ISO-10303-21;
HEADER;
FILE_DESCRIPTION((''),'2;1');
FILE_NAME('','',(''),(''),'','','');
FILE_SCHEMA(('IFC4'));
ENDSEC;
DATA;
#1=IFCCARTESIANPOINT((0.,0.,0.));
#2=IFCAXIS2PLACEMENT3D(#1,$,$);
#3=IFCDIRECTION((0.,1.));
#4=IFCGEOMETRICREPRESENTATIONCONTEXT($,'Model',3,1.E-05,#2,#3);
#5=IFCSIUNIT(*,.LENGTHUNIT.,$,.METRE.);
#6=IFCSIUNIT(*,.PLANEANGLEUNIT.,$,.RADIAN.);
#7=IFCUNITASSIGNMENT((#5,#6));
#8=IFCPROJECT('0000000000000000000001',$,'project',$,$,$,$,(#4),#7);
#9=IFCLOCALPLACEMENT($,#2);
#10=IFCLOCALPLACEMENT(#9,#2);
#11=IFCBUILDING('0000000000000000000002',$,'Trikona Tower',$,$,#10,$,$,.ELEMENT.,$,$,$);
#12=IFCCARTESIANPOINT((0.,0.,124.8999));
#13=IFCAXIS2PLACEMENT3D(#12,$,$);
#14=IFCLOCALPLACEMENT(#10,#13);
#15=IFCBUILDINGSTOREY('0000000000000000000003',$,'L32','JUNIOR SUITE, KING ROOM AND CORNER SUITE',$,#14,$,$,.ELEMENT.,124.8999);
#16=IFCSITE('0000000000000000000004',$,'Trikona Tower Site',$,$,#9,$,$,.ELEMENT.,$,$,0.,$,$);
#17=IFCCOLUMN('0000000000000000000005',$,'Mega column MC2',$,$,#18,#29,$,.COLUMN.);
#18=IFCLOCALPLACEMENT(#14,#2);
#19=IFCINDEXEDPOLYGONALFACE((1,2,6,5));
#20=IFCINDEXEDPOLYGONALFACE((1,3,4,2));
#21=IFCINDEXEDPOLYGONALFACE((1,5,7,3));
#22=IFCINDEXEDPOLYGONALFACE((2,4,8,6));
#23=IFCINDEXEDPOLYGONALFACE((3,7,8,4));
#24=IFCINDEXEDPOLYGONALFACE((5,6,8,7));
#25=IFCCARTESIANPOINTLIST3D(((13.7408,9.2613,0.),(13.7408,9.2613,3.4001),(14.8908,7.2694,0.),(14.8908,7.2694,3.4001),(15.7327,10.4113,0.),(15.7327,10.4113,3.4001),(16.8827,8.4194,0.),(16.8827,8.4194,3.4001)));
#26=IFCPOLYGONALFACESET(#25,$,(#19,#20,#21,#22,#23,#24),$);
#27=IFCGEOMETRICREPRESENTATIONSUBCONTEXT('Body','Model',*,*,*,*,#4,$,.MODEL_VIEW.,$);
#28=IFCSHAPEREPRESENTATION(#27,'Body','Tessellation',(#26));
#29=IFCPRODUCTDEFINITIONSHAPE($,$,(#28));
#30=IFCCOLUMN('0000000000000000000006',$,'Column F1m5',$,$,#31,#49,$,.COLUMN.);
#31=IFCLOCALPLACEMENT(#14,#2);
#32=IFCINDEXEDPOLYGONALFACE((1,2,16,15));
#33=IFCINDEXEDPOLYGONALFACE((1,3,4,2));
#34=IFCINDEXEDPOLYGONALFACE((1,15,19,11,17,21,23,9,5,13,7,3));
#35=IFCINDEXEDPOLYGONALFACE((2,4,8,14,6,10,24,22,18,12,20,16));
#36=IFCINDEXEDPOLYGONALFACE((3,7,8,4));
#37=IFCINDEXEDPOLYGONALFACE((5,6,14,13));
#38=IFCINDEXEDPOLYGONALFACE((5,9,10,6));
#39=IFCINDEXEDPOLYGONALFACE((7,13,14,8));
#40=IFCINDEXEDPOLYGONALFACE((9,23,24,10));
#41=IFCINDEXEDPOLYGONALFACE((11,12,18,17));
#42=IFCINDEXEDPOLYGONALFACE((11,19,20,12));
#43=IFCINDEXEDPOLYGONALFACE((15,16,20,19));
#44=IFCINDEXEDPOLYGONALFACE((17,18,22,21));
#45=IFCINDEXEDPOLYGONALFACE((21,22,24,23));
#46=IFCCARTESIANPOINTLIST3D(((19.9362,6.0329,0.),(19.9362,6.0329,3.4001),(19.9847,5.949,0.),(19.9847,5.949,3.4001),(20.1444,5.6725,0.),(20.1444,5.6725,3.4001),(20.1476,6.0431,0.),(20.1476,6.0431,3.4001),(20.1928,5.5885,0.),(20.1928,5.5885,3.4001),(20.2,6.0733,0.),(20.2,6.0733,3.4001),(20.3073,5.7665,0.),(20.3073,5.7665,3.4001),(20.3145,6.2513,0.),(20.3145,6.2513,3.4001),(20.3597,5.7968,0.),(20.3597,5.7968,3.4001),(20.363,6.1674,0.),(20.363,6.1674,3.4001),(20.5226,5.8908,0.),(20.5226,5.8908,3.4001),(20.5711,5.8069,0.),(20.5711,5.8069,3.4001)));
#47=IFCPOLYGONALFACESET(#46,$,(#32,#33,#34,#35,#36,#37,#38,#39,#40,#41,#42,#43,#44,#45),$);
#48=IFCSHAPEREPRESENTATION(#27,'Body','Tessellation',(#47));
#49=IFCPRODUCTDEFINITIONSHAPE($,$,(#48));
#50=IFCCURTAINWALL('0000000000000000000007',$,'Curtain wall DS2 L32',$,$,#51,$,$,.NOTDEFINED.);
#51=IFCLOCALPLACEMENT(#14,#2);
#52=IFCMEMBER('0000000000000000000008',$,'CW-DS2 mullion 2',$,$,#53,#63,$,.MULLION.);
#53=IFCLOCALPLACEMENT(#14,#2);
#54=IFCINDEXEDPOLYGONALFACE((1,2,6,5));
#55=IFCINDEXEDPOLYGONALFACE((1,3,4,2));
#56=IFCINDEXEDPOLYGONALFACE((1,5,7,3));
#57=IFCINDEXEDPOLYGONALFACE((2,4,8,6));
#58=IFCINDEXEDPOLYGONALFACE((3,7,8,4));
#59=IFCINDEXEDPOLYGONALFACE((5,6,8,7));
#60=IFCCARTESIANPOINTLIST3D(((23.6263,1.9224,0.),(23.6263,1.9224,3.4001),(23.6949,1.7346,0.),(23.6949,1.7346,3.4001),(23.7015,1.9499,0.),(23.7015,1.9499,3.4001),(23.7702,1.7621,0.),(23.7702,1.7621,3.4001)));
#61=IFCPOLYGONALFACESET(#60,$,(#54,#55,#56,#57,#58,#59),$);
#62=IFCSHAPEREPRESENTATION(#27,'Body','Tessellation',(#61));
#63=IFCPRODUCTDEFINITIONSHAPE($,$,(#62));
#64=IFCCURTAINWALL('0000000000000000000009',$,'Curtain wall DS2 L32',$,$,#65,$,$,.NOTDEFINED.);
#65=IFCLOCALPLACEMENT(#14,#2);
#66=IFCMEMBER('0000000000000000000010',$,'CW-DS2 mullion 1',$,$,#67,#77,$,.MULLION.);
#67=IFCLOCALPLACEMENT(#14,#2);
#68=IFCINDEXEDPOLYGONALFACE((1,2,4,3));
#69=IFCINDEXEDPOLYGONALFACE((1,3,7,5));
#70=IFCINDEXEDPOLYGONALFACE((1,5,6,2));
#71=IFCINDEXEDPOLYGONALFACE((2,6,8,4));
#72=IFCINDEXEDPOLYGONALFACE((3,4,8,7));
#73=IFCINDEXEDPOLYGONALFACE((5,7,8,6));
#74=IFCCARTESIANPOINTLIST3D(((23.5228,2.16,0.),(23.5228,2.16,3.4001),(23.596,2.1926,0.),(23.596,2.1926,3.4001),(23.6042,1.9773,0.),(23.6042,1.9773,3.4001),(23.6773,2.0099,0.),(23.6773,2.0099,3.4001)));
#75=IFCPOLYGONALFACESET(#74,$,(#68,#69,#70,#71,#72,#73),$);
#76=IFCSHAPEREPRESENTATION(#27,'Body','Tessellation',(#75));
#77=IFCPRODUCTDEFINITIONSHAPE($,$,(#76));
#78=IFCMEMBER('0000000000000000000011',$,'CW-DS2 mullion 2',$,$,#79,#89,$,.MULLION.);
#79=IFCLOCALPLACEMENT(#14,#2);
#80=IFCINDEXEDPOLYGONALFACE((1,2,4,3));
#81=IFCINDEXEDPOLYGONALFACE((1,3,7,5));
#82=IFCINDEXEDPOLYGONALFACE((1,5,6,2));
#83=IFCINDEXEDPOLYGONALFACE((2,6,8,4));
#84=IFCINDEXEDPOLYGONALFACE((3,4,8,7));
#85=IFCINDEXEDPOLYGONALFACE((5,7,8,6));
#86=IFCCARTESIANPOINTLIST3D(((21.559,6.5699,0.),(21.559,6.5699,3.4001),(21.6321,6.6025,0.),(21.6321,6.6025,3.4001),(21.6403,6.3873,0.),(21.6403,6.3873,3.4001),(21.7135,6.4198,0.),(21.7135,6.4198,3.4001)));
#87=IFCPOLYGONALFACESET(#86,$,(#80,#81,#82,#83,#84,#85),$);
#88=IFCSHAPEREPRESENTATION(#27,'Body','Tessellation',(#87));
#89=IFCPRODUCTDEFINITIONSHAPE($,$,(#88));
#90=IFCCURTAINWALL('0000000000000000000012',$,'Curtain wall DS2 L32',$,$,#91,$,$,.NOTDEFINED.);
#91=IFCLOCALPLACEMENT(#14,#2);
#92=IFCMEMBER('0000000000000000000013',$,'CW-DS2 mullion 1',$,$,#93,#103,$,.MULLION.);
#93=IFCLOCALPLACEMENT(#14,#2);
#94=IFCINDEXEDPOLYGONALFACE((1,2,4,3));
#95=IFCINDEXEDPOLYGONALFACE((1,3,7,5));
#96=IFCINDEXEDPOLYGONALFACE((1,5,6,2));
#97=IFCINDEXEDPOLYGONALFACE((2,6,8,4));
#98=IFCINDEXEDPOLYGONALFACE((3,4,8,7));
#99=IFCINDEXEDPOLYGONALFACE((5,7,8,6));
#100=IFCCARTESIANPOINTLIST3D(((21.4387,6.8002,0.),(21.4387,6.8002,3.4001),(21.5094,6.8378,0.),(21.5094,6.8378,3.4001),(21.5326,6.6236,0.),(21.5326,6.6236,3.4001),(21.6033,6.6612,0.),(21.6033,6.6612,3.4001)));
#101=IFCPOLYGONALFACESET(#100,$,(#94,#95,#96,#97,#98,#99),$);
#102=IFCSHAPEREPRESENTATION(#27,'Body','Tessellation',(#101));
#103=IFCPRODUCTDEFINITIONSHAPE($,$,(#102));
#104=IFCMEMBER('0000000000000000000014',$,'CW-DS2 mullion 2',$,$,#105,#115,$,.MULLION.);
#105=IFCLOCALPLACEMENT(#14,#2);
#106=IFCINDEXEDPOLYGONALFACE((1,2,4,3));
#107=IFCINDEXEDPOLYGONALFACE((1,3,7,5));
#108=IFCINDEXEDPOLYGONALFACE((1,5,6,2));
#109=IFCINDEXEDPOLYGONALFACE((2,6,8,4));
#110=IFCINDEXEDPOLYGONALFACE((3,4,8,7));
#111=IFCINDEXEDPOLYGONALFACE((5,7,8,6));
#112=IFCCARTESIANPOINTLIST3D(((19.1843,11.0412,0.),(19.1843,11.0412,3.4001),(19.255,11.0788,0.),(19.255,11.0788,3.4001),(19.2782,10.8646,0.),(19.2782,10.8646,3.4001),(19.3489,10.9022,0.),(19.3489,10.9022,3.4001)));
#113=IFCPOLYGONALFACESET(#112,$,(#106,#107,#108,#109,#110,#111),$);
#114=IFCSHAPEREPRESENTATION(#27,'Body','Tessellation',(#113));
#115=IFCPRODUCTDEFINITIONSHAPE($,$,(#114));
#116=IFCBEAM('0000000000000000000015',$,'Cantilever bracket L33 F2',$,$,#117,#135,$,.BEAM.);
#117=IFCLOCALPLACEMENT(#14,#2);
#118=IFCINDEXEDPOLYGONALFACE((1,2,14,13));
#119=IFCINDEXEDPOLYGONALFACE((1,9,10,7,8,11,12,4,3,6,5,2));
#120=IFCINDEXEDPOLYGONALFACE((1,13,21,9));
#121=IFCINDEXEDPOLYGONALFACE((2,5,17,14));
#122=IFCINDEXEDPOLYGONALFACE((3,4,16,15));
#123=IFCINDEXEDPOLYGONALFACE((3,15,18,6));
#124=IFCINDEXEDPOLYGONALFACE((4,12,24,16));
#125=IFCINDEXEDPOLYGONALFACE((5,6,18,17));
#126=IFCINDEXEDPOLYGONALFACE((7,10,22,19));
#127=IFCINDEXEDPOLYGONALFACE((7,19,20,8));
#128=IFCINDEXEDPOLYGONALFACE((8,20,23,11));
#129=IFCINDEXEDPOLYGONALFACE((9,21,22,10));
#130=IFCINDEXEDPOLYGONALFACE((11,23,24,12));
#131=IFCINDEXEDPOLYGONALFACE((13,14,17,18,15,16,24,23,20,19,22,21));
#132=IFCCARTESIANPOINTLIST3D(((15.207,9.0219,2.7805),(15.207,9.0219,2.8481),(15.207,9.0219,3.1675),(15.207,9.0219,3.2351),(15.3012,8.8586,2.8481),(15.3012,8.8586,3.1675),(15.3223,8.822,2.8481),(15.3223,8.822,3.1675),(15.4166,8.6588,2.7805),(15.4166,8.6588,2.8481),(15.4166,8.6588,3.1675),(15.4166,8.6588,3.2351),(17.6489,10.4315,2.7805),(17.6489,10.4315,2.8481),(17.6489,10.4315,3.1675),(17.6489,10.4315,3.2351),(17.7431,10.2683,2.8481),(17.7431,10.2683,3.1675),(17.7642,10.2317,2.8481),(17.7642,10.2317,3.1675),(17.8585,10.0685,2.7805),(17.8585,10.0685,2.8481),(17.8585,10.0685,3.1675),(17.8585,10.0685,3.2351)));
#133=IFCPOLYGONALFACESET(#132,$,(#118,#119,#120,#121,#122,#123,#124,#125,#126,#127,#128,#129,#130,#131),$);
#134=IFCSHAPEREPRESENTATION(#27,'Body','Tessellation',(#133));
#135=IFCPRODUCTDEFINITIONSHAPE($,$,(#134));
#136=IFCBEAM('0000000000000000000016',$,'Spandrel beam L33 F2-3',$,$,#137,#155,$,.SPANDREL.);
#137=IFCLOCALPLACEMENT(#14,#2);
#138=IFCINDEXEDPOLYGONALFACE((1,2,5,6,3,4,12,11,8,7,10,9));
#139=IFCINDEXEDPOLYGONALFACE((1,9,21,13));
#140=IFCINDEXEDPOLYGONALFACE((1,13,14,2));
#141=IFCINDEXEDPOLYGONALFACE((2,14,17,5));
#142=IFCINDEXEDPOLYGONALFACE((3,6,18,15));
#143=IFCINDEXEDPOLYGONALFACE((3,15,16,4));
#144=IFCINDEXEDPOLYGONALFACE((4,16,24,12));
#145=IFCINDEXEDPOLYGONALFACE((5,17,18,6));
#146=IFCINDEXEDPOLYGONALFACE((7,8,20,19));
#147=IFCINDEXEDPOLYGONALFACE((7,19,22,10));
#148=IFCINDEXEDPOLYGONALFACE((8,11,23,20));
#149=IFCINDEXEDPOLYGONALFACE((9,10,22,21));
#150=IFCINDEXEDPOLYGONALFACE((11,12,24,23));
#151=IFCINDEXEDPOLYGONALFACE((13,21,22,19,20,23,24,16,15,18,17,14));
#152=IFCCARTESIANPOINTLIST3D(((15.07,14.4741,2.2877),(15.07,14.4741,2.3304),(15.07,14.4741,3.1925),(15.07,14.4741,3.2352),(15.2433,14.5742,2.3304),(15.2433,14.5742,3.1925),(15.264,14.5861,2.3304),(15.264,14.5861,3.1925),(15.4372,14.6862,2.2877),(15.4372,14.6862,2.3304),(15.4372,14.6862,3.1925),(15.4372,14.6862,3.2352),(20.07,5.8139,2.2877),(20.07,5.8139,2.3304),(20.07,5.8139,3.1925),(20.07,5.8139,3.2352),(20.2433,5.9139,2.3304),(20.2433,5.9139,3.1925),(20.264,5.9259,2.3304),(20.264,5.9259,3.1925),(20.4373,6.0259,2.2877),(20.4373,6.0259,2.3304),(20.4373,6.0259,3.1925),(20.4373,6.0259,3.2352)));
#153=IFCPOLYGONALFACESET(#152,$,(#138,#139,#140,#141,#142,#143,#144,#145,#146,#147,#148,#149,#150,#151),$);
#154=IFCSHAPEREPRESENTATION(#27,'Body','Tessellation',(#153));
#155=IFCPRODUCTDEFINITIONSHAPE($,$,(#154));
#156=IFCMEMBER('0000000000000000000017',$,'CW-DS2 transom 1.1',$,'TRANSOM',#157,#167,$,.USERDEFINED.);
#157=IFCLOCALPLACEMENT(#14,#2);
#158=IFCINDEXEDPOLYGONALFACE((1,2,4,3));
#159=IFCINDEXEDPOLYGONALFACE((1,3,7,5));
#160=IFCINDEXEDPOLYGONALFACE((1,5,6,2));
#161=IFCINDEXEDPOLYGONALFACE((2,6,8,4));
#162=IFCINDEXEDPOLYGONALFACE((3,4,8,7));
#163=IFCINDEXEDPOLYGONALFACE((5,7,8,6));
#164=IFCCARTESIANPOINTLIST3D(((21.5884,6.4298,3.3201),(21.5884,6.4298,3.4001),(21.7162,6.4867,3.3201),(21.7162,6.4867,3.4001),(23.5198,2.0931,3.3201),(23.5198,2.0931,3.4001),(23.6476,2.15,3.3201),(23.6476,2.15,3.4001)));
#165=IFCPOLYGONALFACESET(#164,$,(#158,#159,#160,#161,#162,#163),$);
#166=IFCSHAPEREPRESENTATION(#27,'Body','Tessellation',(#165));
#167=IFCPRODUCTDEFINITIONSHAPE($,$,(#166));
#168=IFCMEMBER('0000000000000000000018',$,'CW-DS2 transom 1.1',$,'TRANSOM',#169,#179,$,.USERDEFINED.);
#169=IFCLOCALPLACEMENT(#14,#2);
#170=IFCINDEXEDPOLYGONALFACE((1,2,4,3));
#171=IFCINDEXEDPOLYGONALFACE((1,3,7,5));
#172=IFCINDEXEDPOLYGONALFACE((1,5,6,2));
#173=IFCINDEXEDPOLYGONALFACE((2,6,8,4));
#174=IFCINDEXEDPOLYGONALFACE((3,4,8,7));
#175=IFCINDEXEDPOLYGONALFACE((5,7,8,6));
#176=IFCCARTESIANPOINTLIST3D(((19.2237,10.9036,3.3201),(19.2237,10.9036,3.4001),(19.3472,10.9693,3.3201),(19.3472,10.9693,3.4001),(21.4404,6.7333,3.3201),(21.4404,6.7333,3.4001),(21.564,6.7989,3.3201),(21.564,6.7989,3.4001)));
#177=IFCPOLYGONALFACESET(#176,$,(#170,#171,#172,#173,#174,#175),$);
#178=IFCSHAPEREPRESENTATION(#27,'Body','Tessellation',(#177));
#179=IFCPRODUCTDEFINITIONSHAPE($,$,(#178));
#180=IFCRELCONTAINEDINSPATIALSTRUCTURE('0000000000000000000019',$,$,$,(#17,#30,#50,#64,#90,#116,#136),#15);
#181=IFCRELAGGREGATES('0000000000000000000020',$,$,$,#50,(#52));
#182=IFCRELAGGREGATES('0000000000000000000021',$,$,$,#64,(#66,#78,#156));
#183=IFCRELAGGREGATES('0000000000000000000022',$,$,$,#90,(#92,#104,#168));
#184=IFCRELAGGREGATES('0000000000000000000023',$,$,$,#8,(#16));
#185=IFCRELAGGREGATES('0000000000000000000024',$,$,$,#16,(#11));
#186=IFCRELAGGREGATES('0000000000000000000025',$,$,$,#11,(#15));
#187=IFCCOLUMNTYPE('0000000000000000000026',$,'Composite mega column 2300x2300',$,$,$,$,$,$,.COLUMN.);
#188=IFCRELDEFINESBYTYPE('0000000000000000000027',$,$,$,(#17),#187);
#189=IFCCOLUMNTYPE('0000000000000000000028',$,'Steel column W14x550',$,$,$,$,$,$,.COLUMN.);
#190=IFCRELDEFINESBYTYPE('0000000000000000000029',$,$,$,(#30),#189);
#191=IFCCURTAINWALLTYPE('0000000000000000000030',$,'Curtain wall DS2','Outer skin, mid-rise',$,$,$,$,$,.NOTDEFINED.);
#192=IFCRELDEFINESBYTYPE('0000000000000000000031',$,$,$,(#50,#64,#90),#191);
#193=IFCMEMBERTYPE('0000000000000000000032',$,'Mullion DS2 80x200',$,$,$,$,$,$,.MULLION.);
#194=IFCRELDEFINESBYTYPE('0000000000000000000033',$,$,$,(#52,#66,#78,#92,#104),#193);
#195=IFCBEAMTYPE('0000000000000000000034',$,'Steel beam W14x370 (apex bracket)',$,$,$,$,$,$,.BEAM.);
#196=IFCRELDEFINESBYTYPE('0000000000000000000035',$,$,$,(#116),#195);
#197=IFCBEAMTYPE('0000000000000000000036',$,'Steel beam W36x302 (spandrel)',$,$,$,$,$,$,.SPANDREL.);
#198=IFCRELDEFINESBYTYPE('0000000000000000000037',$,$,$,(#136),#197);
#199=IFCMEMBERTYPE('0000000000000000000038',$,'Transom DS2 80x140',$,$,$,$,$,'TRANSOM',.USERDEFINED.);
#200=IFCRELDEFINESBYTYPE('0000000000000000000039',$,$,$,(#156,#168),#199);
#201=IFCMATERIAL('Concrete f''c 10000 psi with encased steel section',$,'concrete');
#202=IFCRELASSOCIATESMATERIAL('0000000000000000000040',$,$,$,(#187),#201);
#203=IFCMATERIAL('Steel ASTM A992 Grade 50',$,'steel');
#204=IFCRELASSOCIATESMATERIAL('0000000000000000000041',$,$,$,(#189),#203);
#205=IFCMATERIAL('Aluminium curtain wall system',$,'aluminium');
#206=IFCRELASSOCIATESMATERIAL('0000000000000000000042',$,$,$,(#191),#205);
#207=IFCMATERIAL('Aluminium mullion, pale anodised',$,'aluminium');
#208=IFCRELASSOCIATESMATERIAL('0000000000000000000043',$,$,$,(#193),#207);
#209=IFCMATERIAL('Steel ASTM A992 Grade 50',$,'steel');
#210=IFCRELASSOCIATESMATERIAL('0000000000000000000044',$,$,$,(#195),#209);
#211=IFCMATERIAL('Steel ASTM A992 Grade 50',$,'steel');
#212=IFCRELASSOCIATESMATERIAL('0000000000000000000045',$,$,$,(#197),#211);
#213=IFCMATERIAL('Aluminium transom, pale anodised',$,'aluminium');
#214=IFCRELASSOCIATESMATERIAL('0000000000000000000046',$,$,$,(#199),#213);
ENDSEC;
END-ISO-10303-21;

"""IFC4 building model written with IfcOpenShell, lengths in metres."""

from ifc_helpers import new_model, si_unit, direction, frame, origin, origin_2d, place, context, subcontext, project, spatial, rectangle, i_section, extrude, material, material_profile, profile_set, type_object, element, aggregate, save


model = new_model("IFC4")

# Units and contexts
model_context = context("Model", 3, precision=1e-05, world=origin(), true_north=direction((0.0, 1.0)))
body_context = subcontext(model_context, "Body", "Model", "MODEL_VIEW")
ifc_project = project(units=[si_unit("LENGTHUNIT", "METRE"), si_unit("PLANEANGLEUNIT", "RADIAN")], contexts=[model_context])

# Site, building, storey
site_placement = place(None, origin())
site = spatial("IfcSite", under=ifc_project, at=site_placement, Name="Trikona Tower Site", CompositionType="ELEMENT", RefElevation=0.0)
building_placement = place(site_placement, origin())
building = spatial("IfcBuilding", under=site, at=building_placement, Name="Trikona Tower", CompositionType="ELEMENT")
storey_placement = place(building_placement, frame((0.0, 0.0, 124.8999)))
storey = spatial("IfcBuildingStorey", under=building, at=storey_placement, Name="L32", Description="JUNIOR SUITE, KING ROOM AND CORNER SUITE", CompositionType="ELEMENT", Elevation=124.8999)

# Columns
ifc_material_1 = material(Name="Concrete f'c 10000 psi with encased steel section", Category="concrete")
ifc_material_profile_1 = material_profile(ifc_material_1, rectangle(XDim=2.3, YDim=2.3, at=origin_2d()), Name="MC2300")
ifc_profile_set_1 = profile_set([ifc_material_profile_1], Name="Concrete f'c 10000 psi with encased steel section")
column_type_1 = type_object("IfcColumnType", Name="Composite mega column 2300x2300", PredefinedType="COLUMN", material=ifc_profile_set_1)
column_1_placement = place(storey_placement, frame((15.3118, 8.8403, 0.0), z_axis=(0.0, 0.0, 1.0), x_axis=(0.866025, 0.5, 0.0)))
element("IfcColumn", 1, at=column_1_placement, inside=storey, type_object=column_type_1, Name="Mega column MC2", PredefinedType="COLUMN", context=body_context, shape_type="SweptSolid", body=[
    extrude(rectangle(XDim=2.3, YDim=2.3, at=origin_2d()), origin(), (0.0, 0.0, 1.0), 3.4001),
])
ifc_material_2 = material(Name="Steel ASTM A992 Grade 50", Category="steel")
ifc_material_profile_2 = material_profile(ifc_material_2, i_section(OverallWidth=0.4368, OverallDepth=0.5132, WebThickness=0.0605, FlangeThickness=0.0969, at=origin_2d()), Name="W14X550")
ifc_profile_set_2 = profile_set([ifc_material_profile_2], Name="Steel ASTM A992 Grade 50")
column_type_2 = type_object("IfcColumnType", Name="Steel column W14x550", PredefinedType="COLUMN", material=ifc_profile_set_2)
column_2_placement = place(storey_placement, frame((20.2537, 5.9199, 0.0), z_axis=(0.0, 0.0, 1.0), x_axis=(0.866025, 0.5, 0.0)))
element("IfcColumn", 2, at=column_2_placement, inside=storey, type_object=column_type_2, Name="Column F1m5", PredefinedType="COLUMN", context=body_context, shape_type="SweptSolid", body=[
    extrude(i_section(OverallWidth=0.4368, OverallDepth=0.5132, WebThickness=0.0605, FlangeThickness=0.0969, at=origin_2d()), origin(), (0.0, 0.0, 1.0), 3.4001),
])

# Curtain wall, member
ifc_material_3 = material(Name="Aluminium curtain wall system", Category="aluminium")
curtain_wall_type = type_object("IfcCurtainWallType", Name="Curtain wall DS2", Description="Outer skin, mid-rise", PredefinedType="NOTDEFINED", material=ifc_material_3)
curtain_wall_1_placement = place(storey_placement, origin())
curtain_wall_1 = element("IfcCurtainWall", 3, at=curtain_wall_1_placement, inside=storey, type_object=curtain_wall_type, Name="Curtain wall DS2 L32", PredefinedType="NOTDEFINED")
ifc_material_4 = material(Name="Aluminium mullion, pale anodised", Category="aluminium")
ifc_material_profile_3 = material_profile(ifc_material_4, rectangle(XDim=0.0801, YDim=0.2, at=origin_2d()), Name="MUL-DS2")
ifc_profile_set_3 = profile_set([ifc_material_profile_3], Name="Aluminium mullion, pale anodised")
member_type_1 = type_object("IfcMemberType", Name="Mullion DS2 80x200", PredefinedType="MULLION", material=ifc_profile_set_3)
member_1_placement = place(storey_placement, frame((23.6982, 1.8423, 0.0), z_axis=(0.0, 0.0, 1.0), x_axis=(-0.939254, -0.343223, 0.0)))
member_1 = element("IfcMember", 4, at=member_1_placement, type_object=member_type_1, Name="CW-DS2 mullion 2", PredefinedType="MULLION", context=body_context, shape_type="SweptSolid", body=[
    extrude(rectangle(XDim=0.0801, YDim=0.2, at=origin_2d()), origin(), (0.0, 0.0, 1.0), 3.4001),
])
aggregate(curtain_wall_1, [member_1])

# Curtain walls, members
curtain_wall_2_placement = place(storey_placement, origin())
curtain_wall_2 = element("IfcCurtainWall", 5, at=curtain_wall_2_placement, inside=storey, type_object=curtain_wall_type, Name="Curtain wall DS2 L32", PredefinedType="NOTDEFINED")
member_2_placement = place(storey_placement, frame((23.6001, 2.085, 0.0), z_axis=(0.0, 0.0, 1.0), x_axis=(-0.913501, -0.406836, 0.0)))
member_2 = element("IfcMember", 6, at=member_2_placement, type_object=member_type_1, Name="CW-DS2 mullion 1", PredefinedType="MULLION", context=body_context, shape_type="SweptSolid", body=[
    extrude(rectangle(XDim=0.0801, YDim=0.2, at=origin_2d()), origin(), (0.0, 0.0, 1.0), 3.4001),
])
member_3_placement = place(storey_placement, frame((21.6362, 6.4949, 0.0), z_axis=(0.0, 0.0, 1.0), x_axis=(-0.913501, -0.406836, 0.0)))
member_3 = element("IfcMember", 7, at=member_3_placement, type_object=member_type_1, Name="CW-DS2 mullion 2", PredefinedType="MULLION", context=body_context, shape_type="SweptSolid", body=[
    extrude(rectangle(XDim=0.0801, YDim=0.2, at=origin_2d()), origin(), (0.0, 0.0, 1.0), 3.4001),
])
curtain_wall_3_placement = place(storey_placement, origin())
curtain_wall_3 = element("IfcCurtainWall", 8, at=curtain_wall_3_placement, inside=storey, type_object=curtain_wall_type, Name="Curtain wall DS2 L32", PredefinedType="NOTDEFINED")
member_4_placement = place(storey_placement, frame((21.521, 6.7307, 0.0), z_axis=(0.0, 0.0, 1.0), x_axis=(-0.882996, -0.46938, 0.0)))
member_4 = element("IfcMember", 9, at=member_4_placement, type_object=member_type_1, Name="CW-DS2 mullion 1", PredefinedType="MULLION", context=body_context, shape_type="SweptSolid", body=[
    extrude(rectangle(XDim=0.0801, YDim=0.2, at=origin_2d()), origin(), (0.0, 0.0, 1.0), 3.4001),
])
member_5_placement = place(storey_placement, frame((19.2666, 10.9717, 0.0), z_axis=(0.0, 0.0, 1.0), x_axis=(-0.882996, -0.46938, 0.0)))
member_5 = element("IfcMember", 10, at=member_5_placement, type_object=member_type_1, Name="CW-DS2 mullion 2", PredefinedType="MULLION", context=body_context, shape_type="SweptSolid", body=[
    extrude(rectangle(XDim=0.0801, YDim=0.2, at=origin_2d()), origin(), (0.0, 0.0, 1.0), 3.4001),
])

# Beams
ifc_material_5 = material(Name="Steel ASTM A992 Grade 50", Category="steel")
ifc_material_profile_4 = material_profile(ifc_material_5, i_section(OverallWidth=0.4192, OverallDepth=0.4546, WebThickness=0.0422, FlangeThickness=0.0676, at=origin_2d()), Name="W14X370")
ifc_profile_set_4 = profile_set([ifc_material_profile_4], Name="Steel ASTM A992 Grade 50")
beam_type_1 = type_object("IfcBeamType", Name="Steel beam W14x370 (apex bracket)", PredefinedType="BEAM", material=ifc_profile_set_4)
beam_1_placement = place(storey_placement, frame((15.3118, 8.8403, 3.0078), z_axis=(0.86605, 0.499957, 0.0), x_axis=(-0.499957, 0.86605, 0.0)))
element("IfcBeam", 11, at=beam_1_placement, inside=storey, type_object=beam_type_1, Name="Cantilever bracket L33 F2", PredefinedType="BEAM", context=body_context, shape_type="SweptSolid", body=[
    extrude(i_section(OverallWidth=0.4192, OverallDepth=0.4546, WebThickness=0.0422, FlangeThickness=0.0676, at=origin_2d()), origin(), (0.0, 0.0, 1.0), 2.8196),
])
ifc_material_6 = material(Name="Steel ASTM A992 Grade 50", Category="steel")
ifc_material_profile_5 = material_profile(ifc_material_6, i_section(OverallWidth=0.4241, OverallDepth=0.9475, WebThickness=0.0239, FlangeThickness=0.0427, at=origin_2d()), Name="W36X302")
ifc_profile_set_5 = profile_set([ifc_material_profile_5], Name="Steel ASTM A992 Grade 50")
beam_type_2 = type_object("IfcBeamType", Name="Steel beam W36x302 (spandrel)", PredefinedType="SPANDREL", material=ifc_profile_set_5)
beam_2_placement = place(storey_placement, frame((20.2537, 5.9199, 2.7615), z_axis=(-0.500004, 0.866023, 0.0), x_axis=(-0.866023, -0.500004, 0.0)))
element("IfcBeam", 12, at=beam_2_placement, inside=storey, type_object=beam_type_2, Name="Spandrel beam L33 F2-3", PredefinedType="SPANDREL", context=body_context, shape_type="SweptSolid", body=[
    extrude(i_section(OverallWidth=0.4241, OverallDepth=0.9475, WebThickness=0.0239, FlangeThickness=0.0427, at=origin_2d()), origin(), (0.0, 0.0, 1.0), 10.0),
])

# Members
ifc_material_7 = material(Name="Aluminium transom, pale anodised", Category="aluminium")
ifc_material_profile_6 = material_profile(ifc_material_7, rectangle(XDim=0.1399, YDim=0.0801, at=origin_2d()), Name="TRN-DS2")
ifc_profile_set_6 = profile_set([ifc_material_profile_6], Name="Aluminium transom, pale anodised")
member_type_2 = type_object("IfcMemberType", Name="Transom DS2 80x140", ElementType="TRANSOM", PredefinedType="USERDEFINED", material=ifc_profile_set_6)
member_6_placement = place(storey_placement, frame((23.5837, 2.1216, 3.3601), z_axis=(-0.40684, 0.9135, 0.0), x_axis=(-0.9135, -0.40684, 0.0)))
member_6 = element("IfcMember", 13, at=member_6_placement, type_object=member_type_2, Name="CW-DS2 transom 1.1", ObjectType="TRANSOM", PredefinedType="USERDEFINED", context=body_context, shape_type="SweptSolid", body=[
    extrude(rectangle(XDim=0.1399, YDim=0.0801, at=origin_2d()), origin(), (0.0, 0.0, 1.0), 4.7473),
])
member_7_placement = place(storey_placement, frame((21.5022, 6.7661, 3.3601), z_axis=(-0.469364, 0.883005, 0.0), x_axis=(-0.883005, -0.469364, 0.0)))
member_7 = element("IfcMember", 14, at=member_7_placement, type_object=member_type_2, Name="CW-DS2 transom 1.1", ObjectType="TRANSOM", PredefinedType="USERDEFINED", context=body_context, shape_type="SweptSolid", body=[
    extrude(rectangle(XDim=0.1399, YDim=0.0801, at=origin_2d()), origin(), (0.0, 0.0, 1.0), 4.7229),
])

aggregate(curtain_wall_2, [member_2, member_3, member_6])
aggregate(curtain_wall_3, [member_4, member_5, member_7])

save(model, "model.ifc")
